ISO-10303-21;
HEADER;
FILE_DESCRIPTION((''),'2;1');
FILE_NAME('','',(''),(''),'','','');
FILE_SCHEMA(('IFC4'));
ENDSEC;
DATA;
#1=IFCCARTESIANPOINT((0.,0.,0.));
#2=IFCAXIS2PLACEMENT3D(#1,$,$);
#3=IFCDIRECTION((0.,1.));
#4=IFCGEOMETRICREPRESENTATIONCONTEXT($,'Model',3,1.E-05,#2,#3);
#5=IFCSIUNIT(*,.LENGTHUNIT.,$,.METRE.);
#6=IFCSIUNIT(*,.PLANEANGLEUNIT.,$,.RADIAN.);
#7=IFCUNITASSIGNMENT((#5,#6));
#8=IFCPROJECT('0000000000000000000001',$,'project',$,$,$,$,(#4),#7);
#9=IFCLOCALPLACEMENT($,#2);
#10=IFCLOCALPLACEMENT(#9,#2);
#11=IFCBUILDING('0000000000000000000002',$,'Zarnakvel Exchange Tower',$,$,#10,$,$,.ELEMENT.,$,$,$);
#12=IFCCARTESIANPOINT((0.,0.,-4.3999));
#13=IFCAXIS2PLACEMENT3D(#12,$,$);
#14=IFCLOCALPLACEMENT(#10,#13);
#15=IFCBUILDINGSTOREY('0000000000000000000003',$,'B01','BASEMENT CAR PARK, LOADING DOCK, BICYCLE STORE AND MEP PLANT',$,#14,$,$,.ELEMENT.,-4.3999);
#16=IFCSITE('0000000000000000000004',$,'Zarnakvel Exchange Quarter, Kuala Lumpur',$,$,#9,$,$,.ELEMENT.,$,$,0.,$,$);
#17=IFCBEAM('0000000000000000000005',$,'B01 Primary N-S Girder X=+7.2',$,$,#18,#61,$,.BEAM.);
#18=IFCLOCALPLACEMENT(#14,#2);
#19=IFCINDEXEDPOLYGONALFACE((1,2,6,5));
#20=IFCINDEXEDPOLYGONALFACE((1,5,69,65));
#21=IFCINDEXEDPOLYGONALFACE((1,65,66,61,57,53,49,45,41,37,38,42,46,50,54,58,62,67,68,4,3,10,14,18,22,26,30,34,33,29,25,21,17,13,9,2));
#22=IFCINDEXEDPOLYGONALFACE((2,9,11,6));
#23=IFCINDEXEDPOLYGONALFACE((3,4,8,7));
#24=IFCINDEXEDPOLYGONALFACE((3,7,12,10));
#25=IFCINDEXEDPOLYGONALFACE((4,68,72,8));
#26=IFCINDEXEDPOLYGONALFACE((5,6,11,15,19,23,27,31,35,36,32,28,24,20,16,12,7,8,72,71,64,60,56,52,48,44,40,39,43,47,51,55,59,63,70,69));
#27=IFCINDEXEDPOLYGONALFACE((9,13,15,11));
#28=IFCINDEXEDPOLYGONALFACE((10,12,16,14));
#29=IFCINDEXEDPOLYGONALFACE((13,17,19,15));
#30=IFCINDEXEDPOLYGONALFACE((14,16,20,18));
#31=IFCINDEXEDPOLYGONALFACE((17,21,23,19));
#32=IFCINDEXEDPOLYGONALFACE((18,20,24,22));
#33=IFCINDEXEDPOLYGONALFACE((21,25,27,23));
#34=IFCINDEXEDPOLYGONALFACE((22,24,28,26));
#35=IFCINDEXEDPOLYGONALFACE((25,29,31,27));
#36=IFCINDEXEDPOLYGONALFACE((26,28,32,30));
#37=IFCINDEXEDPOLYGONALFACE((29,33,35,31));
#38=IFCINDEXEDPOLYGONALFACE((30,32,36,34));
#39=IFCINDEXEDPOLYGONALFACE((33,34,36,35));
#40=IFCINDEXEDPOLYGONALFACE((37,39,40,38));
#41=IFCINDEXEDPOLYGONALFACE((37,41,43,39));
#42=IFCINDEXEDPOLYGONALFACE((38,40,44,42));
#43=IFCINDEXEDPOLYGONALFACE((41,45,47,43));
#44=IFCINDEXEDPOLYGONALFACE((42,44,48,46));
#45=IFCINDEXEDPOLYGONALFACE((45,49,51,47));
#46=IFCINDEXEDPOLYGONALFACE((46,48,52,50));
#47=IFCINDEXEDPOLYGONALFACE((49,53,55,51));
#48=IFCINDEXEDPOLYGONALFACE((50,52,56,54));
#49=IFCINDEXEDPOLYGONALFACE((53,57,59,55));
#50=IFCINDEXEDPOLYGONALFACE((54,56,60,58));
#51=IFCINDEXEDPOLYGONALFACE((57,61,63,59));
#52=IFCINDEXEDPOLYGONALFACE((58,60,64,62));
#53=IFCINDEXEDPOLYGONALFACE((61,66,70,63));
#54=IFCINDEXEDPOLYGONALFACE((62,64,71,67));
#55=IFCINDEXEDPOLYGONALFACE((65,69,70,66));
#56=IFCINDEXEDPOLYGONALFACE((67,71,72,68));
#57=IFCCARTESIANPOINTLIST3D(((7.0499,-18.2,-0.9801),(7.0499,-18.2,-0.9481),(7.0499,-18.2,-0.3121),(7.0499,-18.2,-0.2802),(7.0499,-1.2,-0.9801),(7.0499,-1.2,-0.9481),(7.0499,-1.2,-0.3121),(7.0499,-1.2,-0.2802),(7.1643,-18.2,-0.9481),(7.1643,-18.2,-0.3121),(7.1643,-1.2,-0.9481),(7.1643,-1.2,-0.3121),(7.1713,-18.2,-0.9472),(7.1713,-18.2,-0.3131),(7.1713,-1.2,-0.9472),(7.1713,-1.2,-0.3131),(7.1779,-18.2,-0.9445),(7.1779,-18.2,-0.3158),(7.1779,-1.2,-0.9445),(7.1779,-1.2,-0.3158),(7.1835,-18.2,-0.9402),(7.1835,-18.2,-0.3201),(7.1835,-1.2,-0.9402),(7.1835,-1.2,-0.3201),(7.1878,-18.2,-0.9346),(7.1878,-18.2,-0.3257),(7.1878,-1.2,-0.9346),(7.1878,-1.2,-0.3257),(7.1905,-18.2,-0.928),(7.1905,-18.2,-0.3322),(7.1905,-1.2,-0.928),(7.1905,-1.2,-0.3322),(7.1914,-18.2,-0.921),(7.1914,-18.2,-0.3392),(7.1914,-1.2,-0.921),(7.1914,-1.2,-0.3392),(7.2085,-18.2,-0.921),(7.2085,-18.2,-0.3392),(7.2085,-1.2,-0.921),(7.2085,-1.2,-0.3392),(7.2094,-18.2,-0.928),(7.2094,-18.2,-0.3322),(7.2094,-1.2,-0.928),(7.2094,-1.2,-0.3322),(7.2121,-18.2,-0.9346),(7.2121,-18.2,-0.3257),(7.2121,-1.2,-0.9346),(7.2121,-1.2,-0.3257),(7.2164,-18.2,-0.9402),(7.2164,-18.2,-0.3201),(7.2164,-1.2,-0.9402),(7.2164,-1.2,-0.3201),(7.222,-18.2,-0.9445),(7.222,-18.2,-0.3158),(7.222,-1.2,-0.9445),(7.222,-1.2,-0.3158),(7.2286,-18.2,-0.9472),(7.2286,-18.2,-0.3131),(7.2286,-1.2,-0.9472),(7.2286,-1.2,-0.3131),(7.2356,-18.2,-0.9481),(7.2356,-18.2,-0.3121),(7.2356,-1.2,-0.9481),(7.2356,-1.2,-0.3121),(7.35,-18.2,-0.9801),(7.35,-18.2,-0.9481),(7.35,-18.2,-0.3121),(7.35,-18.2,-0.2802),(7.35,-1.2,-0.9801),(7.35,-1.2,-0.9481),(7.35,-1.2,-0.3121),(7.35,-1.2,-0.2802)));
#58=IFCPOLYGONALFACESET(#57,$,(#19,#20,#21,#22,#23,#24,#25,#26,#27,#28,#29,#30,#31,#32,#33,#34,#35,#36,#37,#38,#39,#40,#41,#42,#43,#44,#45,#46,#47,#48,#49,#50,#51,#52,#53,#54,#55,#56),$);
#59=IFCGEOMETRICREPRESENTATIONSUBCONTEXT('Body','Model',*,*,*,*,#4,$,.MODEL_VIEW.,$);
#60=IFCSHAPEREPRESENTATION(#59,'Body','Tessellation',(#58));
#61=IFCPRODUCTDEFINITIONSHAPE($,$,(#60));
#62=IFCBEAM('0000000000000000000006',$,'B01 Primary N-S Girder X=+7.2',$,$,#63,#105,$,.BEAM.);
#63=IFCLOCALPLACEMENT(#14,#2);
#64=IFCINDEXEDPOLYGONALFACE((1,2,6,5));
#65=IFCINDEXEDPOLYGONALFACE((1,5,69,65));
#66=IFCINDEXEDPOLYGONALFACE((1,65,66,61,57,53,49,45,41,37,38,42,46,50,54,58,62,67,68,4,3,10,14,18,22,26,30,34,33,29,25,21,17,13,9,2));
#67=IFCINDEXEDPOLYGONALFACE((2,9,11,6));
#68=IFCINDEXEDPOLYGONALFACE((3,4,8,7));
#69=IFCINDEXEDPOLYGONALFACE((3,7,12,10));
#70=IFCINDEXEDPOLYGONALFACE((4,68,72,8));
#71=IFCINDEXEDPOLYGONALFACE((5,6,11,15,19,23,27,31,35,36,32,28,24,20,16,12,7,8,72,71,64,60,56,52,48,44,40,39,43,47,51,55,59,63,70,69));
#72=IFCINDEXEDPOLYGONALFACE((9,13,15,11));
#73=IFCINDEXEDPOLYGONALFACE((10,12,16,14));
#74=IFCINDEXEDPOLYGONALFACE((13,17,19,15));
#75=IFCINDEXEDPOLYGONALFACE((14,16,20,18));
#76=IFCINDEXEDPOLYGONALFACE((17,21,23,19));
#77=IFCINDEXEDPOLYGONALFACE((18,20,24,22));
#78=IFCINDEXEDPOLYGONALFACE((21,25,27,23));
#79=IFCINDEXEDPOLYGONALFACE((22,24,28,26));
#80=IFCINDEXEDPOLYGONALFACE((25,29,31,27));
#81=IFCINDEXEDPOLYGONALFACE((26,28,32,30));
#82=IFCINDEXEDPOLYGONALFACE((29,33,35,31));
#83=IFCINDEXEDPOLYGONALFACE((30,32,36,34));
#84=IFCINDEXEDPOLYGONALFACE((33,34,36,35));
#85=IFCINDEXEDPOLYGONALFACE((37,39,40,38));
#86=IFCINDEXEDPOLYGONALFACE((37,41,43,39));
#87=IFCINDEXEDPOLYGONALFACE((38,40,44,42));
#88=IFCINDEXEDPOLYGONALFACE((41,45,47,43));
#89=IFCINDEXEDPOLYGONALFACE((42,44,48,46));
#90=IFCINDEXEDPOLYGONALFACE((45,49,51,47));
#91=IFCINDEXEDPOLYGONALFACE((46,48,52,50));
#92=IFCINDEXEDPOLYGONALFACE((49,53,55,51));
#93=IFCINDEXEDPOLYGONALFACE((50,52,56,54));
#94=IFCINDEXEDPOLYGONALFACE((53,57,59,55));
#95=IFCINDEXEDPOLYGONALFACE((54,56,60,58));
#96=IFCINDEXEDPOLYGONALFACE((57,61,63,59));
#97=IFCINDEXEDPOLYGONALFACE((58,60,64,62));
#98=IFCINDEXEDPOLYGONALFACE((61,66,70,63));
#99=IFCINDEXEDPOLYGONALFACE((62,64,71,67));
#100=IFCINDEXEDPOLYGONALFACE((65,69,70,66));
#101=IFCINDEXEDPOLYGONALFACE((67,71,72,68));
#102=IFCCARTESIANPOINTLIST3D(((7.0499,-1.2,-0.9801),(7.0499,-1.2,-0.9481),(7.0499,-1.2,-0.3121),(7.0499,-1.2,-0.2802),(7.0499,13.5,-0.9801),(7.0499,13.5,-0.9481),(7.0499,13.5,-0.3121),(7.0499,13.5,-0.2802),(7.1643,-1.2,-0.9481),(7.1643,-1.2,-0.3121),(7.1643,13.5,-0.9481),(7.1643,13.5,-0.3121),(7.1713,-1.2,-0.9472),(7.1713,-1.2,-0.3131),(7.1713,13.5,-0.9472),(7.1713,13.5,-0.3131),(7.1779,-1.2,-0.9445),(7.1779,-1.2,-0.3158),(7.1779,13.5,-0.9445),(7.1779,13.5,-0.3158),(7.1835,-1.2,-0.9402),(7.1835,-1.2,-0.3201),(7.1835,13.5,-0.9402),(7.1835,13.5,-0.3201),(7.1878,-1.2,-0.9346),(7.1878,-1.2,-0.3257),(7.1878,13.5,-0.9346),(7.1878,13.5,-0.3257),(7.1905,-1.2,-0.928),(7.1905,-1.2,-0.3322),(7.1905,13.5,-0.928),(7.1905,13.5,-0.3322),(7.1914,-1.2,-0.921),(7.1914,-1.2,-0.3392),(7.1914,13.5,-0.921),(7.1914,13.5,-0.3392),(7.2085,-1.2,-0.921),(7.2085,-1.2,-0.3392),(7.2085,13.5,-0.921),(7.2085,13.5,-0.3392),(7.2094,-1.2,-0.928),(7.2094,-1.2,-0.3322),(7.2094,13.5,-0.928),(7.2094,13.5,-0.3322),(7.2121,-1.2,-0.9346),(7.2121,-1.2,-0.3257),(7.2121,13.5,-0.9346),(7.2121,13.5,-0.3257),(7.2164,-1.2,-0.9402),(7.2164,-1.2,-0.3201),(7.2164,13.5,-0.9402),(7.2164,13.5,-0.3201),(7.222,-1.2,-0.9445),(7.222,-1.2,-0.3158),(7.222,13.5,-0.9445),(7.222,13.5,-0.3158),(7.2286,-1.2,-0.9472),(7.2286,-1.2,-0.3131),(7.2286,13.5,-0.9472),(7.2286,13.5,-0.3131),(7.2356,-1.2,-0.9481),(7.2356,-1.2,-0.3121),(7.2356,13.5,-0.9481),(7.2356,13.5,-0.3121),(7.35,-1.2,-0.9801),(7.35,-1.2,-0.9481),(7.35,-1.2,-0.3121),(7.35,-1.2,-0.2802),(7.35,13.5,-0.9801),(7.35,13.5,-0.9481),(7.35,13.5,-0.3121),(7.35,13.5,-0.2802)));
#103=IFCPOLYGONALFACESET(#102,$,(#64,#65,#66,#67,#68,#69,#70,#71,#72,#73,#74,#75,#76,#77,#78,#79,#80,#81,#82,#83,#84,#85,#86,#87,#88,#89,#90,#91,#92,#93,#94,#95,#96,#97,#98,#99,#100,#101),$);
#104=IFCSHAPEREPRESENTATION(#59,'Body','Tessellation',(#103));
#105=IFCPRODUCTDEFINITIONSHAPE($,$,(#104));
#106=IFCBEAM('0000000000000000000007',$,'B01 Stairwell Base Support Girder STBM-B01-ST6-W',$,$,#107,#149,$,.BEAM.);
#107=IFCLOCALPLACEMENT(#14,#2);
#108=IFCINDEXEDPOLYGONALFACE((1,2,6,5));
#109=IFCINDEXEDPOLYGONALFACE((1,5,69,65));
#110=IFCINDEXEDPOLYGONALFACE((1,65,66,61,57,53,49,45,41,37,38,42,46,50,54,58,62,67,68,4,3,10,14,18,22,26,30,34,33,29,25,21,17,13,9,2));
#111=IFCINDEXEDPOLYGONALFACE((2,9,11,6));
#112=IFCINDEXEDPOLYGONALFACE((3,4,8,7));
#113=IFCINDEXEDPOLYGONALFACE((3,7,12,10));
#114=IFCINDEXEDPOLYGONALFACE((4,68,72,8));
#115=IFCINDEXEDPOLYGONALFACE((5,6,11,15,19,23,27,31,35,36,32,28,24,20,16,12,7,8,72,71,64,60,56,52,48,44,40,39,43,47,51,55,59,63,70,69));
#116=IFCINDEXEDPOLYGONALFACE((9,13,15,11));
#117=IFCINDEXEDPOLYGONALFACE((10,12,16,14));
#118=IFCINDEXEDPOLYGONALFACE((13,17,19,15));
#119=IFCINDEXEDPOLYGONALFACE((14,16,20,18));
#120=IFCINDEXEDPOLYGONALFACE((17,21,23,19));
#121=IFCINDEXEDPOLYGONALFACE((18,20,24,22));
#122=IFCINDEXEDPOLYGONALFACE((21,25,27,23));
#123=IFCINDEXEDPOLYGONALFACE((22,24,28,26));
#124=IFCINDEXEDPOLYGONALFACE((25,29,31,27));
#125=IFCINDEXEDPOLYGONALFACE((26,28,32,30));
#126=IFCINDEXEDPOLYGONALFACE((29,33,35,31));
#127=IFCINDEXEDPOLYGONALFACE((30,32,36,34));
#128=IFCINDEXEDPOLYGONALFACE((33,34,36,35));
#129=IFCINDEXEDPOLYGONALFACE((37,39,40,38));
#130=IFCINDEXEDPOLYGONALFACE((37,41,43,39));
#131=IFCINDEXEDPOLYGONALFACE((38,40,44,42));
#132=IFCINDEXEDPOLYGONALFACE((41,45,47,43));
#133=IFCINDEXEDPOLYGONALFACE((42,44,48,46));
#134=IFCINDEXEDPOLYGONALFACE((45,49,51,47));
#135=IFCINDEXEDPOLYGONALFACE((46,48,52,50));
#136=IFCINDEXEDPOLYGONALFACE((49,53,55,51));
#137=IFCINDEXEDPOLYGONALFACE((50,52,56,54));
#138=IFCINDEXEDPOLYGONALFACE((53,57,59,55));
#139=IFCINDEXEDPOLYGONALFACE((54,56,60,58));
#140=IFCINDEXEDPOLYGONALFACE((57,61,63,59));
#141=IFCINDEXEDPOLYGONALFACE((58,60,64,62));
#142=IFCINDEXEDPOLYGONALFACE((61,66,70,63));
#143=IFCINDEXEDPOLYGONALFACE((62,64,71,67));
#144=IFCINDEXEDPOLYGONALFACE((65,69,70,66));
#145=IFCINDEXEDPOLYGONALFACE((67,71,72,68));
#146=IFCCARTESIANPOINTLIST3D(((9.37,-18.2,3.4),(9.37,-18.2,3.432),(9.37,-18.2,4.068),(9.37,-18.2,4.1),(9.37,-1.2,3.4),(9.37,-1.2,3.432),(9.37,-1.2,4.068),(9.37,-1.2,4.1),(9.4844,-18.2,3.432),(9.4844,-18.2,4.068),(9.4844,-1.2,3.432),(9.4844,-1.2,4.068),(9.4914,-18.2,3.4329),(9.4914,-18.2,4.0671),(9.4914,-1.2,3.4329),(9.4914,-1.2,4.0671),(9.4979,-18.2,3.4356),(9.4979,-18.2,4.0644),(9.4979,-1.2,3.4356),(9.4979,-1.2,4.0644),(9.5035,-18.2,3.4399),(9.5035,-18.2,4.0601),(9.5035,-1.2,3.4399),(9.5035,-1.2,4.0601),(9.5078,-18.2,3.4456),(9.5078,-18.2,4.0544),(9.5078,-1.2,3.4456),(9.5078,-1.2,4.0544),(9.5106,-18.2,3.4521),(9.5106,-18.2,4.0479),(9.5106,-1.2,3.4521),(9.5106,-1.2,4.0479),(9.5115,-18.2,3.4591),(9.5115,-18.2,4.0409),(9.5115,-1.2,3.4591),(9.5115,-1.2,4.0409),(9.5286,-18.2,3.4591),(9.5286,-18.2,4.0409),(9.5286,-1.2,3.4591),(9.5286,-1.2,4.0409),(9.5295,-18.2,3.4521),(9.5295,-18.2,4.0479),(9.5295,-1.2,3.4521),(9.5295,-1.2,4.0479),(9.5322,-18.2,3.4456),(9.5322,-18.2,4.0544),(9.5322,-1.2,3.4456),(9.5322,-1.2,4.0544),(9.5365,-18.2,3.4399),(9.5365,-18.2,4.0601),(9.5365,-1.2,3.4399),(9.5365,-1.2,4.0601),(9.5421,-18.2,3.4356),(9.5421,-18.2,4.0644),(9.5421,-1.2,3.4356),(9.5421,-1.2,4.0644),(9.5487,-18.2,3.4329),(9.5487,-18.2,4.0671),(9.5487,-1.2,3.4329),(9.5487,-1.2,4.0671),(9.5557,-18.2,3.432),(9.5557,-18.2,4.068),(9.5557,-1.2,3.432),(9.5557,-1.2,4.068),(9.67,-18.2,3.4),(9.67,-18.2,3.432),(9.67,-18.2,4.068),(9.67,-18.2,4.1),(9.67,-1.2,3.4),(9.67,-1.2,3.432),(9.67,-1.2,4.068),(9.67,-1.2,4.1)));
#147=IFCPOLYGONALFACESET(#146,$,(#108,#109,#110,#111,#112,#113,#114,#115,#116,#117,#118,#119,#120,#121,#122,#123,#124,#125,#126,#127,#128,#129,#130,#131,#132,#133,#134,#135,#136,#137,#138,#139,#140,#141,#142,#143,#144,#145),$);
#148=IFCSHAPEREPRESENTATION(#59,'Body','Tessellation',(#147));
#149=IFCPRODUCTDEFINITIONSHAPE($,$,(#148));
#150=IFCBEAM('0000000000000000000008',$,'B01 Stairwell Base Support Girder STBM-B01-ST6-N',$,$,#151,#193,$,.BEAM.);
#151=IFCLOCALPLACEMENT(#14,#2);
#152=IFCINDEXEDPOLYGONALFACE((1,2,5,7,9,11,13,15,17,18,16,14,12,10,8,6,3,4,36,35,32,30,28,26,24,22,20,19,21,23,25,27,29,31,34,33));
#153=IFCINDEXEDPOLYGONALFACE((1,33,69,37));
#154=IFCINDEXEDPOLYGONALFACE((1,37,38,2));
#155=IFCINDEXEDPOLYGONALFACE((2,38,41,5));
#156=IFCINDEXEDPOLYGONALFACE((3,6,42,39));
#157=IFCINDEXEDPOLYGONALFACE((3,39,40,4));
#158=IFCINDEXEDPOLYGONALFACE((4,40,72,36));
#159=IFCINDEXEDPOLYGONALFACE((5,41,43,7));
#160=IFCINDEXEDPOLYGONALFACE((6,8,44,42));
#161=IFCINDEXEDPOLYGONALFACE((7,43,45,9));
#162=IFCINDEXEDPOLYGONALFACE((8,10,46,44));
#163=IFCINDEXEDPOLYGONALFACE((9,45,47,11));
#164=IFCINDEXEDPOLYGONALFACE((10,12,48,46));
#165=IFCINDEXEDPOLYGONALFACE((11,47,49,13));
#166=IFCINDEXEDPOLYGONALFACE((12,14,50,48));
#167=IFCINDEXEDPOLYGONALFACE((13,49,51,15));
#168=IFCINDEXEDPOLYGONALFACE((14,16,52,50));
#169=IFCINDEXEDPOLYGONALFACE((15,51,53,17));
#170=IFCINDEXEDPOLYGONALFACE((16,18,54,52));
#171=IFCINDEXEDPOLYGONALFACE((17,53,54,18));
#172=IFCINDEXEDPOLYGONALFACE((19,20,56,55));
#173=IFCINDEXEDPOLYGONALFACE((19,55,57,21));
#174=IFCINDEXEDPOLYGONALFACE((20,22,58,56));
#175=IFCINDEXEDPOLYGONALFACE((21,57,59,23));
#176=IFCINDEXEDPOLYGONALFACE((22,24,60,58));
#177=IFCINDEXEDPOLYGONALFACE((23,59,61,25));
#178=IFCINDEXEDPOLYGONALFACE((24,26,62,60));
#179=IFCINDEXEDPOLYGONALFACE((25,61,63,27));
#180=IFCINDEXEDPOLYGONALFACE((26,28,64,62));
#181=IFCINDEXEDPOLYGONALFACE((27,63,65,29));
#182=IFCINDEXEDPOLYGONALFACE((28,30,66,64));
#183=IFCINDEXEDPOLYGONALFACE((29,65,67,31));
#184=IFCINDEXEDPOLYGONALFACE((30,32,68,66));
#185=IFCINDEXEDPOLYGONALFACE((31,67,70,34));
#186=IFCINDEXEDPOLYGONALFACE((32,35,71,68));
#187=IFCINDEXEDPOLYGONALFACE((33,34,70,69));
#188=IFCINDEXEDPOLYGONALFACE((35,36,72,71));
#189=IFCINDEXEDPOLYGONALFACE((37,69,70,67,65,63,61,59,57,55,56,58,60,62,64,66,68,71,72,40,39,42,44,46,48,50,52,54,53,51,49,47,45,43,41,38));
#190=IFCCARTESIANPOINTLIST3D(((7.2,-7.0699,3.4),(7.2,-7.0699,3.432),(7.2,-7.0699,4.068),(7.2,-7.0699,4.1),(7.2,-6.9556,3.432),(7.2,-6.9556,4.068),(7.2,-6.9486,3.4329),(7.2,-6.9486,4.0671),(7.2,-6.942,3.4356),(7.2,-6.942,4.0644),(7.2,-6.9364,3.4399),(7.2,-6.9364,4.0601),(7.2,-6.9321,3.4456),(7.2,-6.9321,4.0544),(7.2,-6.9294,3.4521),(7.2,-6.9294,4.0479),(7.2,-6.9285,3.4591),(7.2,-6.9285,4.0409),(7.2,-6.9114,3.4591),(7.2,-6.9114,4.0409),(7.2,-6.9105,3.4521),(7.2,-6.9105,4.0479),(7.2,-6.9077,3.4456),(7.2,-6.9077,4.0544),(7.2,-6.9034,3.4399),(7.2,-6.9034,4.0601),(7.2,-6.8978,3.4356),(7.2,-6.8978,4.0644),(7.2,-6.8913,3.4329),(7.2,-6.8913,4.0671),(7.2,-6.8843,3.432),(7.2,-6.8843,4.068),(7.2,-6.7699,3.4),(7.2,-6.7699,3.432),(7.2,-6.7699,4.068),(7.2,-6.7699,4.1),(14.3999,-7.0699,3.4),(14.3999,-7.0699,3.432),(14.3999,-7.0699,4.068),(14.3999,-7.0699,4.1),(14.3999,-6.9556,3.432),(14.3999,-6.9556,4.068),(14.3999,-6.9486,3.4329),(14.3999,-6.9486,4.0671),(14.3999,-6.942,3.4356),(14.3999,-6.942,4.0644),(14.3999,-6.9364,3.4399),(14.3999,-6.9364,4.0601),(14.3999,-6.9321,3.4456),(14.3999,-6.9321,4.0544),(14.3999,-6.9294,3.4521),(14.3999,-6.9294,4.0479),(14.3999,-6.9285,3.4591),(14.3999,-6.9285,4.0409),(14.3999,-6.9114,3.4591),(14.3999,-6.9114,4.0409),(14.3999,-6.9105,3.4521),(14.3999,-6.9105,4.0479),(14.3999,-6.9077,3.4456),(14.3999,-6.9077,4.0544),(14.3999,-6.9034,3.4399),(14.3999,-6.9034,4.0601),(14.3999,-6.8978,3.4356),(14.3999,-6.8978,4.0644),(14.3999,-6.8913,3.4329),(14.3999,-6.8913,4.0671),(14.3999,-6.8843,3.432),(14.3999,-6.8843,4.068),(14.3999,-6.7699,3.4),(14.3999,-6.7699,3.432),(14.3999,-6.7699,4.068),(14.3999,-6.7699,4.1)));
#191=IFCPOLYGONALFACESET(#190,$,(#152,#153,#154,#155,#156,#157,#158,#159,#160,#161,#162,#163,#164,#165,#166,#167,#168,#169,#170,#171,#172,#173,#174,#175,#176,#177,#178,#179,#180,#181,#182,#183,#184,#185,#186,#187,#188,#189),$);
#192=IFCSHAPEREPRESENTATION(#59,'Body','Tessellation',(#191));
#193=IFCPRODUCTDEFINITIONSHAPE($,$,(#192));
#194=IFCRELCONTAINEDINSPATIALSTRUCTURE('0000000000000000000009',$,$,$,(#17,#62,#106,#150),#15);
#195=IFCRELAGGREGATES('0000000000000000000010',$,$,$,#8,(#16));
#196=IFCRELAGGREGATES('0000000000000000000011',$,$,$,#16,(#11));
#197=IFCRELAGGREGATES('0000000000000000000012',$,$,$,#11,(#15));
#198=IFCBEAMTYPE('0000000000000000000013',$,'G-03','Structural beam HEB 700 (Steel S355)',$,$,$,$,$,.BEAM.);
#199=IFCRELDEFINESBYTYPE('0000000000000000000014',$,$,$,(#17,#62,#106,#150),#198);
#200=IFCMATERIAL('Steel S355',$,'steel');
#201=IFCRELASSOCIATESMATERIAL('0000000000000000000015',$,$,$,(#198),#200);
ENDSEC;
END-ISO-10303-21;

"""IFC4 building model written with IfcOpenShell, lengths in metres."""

from ifc_helpers import new_model, si_unit, direction, frame, origin, origin_2d, place, context, subcontext, project, spatial, i_section, extrude, material, material_profile, profile_set, type_object, element, save


model = new_model("IFC4")

# Units and contexts
model_context = context("Model", 3, precision=1e-05, world=origin(), true_north=direction((0.0, 1.0)))
body_context = subcontext(model_context, "Body", "Model", "MODEL_VIEW")
ifc_project = project(units=[si_unit("LENGTHUNIT", "METRE"), si_unit("PLANEANGLEUNIT", "RADIAN")], contexts=[model_context])

# Site, building, storey
site_placement = place(None, origin())
site = spatial("IfcSite", under=ifc_project, at=site_placement, Name="Zarnakvel Exchange Quarter, Kuala Lumpur", CompositionType="ELEMENT", RefElevation=0.0)
building_placement = place(site_placement, origin())
building = spatial("IfcBuilding", under=site, at=building_placement, Name="Zarnakvel Exchange Tower", CompositionType="ELEMENT")
storey_placement = place(building_placement, frame((0.0, 0.0, -4.3999)))
storey = spatial("IfcBuildingStorey", under=building, at=storey_placement, Name="B01", Description="BASEMENT CAR PARK, LOADING DOCK, BICYCLE STORE AND MEP PLANT", CompositionType="ELEMENT", Elevation=-4.3999)

# Beams
ifc_material_1 = material(Name="Steel S355", Category="steel")
ifc_material_profile_1 = material_profile(ifc_material_1, i_section(OverallWidth=0.3, OverallDepth=0.7, WebThickness=0.0171, FlangeThickness=0.032, FilletRadius=0.0271, at=origin_2d()))
ifc_profile_set_1 = profile_set([ifc_material_profile_1], Name="Steel S355")
beam_type_1 = type_object("IfcBeamType", Name="G-03", Description="Structural beam HEB 700 (Steel S355)", PredefinedType="BEAM", material=ifc_profile_set_1)
beam_1_placement = place(storey_placement, frame((7.2, -18.2, -0.6301), z_axis=(0.0, 1.0, 0.0), x_axis=(-1.0, 0.0, 0.0)))
element("IfcBeam", 1, at=beam_1_placement, inside=storey, type_object=beam_type_1, Name="B01 Primary N-S Girder X=+7.2", PredefinedType="BEAM", context=body_context, shape_type="SweptSolid", body=[
    extrude(i_section(OverallWidth=0.3, OverallDepth=0.7, WebThickness=0.0171, FlangeThickness=0.032, FilletRadius=0.0271, at=origin_2d()), origin(), (0.0, 0.0, 1.0), 17.0),
])
beam_2_placement = place(storey_placement, frame((7.2, -1.2, -0.6301), z_axis=(0.0, 1.0, 0.0), x_axis=(-1.0, 0.0, 0.0)))
element("IfcBeam", 2, at=beam_2_placement, inside=storey, type_object=beam_type_1, Name="B01 Primary N-S Girder X=+7.2", PredefinedType="BEAM", context=body_context, shape_type="SweptSolid", body=[
    extrude(i_section(OverallWidth=0.3, OverallDepth=0.7, WebThickness=0.0171, FlangeThickness=0.032, FilletRadius=0.0271, at=origin_2d()), origin(), (0.0, 0.0, 1.0), 14.7),
])
beam_3_placement = place(storey_placement, frame((9.52, -18.2, 3.75), z_axis=(0.0, 1.0, 0.0), x_axis=(-1.0, 0.0, 0.0)))
element("IfcBeam", 3, at=beam_3_placement, inside=storey, type_object=beam_type_1, Name="B01 Stairwell Base Support Girder STBM-B01-ST6-W", PredefinedType="BEAM", context=body_context, shape_type="SweptSolid", body=[
    extrude(i_section(OverallWidth=0.3, OverallDepth=0.7, WebThickness=0.0171, FlangeThickness=0.032, FilletRadius=0.0271, at=origin_2d()), origin(), (0.0, 0.0, 1.0), 17.0),
])
beam_4_placement = place(storey_placement, frame((7.2, -6.9199, 3.75), z_axis=(1.0, 0.0, 0.0), x_axis=(0.0, 1.0, 0.0)))
element("IfcBeam", 4, at=beam_4_placement, inside=storey, type_object=beam_type_1, Name="B01 Stairwell Base Support Girder STBM-B01-ST6-N", PredefinedType="BEAM", context=body_context, shape_type="SweptSolid", body=[
    extrude(i_section(OverallWidth=0.3, OverallDepth=0.7, WebThickness=0.0171, FlangeThickness=0.032, FilletRadius=0.0271, at=origin_2d()), origin(), (0.0, 0.0, 1.0), 7.2),
])

save(model, "model.ifc")
